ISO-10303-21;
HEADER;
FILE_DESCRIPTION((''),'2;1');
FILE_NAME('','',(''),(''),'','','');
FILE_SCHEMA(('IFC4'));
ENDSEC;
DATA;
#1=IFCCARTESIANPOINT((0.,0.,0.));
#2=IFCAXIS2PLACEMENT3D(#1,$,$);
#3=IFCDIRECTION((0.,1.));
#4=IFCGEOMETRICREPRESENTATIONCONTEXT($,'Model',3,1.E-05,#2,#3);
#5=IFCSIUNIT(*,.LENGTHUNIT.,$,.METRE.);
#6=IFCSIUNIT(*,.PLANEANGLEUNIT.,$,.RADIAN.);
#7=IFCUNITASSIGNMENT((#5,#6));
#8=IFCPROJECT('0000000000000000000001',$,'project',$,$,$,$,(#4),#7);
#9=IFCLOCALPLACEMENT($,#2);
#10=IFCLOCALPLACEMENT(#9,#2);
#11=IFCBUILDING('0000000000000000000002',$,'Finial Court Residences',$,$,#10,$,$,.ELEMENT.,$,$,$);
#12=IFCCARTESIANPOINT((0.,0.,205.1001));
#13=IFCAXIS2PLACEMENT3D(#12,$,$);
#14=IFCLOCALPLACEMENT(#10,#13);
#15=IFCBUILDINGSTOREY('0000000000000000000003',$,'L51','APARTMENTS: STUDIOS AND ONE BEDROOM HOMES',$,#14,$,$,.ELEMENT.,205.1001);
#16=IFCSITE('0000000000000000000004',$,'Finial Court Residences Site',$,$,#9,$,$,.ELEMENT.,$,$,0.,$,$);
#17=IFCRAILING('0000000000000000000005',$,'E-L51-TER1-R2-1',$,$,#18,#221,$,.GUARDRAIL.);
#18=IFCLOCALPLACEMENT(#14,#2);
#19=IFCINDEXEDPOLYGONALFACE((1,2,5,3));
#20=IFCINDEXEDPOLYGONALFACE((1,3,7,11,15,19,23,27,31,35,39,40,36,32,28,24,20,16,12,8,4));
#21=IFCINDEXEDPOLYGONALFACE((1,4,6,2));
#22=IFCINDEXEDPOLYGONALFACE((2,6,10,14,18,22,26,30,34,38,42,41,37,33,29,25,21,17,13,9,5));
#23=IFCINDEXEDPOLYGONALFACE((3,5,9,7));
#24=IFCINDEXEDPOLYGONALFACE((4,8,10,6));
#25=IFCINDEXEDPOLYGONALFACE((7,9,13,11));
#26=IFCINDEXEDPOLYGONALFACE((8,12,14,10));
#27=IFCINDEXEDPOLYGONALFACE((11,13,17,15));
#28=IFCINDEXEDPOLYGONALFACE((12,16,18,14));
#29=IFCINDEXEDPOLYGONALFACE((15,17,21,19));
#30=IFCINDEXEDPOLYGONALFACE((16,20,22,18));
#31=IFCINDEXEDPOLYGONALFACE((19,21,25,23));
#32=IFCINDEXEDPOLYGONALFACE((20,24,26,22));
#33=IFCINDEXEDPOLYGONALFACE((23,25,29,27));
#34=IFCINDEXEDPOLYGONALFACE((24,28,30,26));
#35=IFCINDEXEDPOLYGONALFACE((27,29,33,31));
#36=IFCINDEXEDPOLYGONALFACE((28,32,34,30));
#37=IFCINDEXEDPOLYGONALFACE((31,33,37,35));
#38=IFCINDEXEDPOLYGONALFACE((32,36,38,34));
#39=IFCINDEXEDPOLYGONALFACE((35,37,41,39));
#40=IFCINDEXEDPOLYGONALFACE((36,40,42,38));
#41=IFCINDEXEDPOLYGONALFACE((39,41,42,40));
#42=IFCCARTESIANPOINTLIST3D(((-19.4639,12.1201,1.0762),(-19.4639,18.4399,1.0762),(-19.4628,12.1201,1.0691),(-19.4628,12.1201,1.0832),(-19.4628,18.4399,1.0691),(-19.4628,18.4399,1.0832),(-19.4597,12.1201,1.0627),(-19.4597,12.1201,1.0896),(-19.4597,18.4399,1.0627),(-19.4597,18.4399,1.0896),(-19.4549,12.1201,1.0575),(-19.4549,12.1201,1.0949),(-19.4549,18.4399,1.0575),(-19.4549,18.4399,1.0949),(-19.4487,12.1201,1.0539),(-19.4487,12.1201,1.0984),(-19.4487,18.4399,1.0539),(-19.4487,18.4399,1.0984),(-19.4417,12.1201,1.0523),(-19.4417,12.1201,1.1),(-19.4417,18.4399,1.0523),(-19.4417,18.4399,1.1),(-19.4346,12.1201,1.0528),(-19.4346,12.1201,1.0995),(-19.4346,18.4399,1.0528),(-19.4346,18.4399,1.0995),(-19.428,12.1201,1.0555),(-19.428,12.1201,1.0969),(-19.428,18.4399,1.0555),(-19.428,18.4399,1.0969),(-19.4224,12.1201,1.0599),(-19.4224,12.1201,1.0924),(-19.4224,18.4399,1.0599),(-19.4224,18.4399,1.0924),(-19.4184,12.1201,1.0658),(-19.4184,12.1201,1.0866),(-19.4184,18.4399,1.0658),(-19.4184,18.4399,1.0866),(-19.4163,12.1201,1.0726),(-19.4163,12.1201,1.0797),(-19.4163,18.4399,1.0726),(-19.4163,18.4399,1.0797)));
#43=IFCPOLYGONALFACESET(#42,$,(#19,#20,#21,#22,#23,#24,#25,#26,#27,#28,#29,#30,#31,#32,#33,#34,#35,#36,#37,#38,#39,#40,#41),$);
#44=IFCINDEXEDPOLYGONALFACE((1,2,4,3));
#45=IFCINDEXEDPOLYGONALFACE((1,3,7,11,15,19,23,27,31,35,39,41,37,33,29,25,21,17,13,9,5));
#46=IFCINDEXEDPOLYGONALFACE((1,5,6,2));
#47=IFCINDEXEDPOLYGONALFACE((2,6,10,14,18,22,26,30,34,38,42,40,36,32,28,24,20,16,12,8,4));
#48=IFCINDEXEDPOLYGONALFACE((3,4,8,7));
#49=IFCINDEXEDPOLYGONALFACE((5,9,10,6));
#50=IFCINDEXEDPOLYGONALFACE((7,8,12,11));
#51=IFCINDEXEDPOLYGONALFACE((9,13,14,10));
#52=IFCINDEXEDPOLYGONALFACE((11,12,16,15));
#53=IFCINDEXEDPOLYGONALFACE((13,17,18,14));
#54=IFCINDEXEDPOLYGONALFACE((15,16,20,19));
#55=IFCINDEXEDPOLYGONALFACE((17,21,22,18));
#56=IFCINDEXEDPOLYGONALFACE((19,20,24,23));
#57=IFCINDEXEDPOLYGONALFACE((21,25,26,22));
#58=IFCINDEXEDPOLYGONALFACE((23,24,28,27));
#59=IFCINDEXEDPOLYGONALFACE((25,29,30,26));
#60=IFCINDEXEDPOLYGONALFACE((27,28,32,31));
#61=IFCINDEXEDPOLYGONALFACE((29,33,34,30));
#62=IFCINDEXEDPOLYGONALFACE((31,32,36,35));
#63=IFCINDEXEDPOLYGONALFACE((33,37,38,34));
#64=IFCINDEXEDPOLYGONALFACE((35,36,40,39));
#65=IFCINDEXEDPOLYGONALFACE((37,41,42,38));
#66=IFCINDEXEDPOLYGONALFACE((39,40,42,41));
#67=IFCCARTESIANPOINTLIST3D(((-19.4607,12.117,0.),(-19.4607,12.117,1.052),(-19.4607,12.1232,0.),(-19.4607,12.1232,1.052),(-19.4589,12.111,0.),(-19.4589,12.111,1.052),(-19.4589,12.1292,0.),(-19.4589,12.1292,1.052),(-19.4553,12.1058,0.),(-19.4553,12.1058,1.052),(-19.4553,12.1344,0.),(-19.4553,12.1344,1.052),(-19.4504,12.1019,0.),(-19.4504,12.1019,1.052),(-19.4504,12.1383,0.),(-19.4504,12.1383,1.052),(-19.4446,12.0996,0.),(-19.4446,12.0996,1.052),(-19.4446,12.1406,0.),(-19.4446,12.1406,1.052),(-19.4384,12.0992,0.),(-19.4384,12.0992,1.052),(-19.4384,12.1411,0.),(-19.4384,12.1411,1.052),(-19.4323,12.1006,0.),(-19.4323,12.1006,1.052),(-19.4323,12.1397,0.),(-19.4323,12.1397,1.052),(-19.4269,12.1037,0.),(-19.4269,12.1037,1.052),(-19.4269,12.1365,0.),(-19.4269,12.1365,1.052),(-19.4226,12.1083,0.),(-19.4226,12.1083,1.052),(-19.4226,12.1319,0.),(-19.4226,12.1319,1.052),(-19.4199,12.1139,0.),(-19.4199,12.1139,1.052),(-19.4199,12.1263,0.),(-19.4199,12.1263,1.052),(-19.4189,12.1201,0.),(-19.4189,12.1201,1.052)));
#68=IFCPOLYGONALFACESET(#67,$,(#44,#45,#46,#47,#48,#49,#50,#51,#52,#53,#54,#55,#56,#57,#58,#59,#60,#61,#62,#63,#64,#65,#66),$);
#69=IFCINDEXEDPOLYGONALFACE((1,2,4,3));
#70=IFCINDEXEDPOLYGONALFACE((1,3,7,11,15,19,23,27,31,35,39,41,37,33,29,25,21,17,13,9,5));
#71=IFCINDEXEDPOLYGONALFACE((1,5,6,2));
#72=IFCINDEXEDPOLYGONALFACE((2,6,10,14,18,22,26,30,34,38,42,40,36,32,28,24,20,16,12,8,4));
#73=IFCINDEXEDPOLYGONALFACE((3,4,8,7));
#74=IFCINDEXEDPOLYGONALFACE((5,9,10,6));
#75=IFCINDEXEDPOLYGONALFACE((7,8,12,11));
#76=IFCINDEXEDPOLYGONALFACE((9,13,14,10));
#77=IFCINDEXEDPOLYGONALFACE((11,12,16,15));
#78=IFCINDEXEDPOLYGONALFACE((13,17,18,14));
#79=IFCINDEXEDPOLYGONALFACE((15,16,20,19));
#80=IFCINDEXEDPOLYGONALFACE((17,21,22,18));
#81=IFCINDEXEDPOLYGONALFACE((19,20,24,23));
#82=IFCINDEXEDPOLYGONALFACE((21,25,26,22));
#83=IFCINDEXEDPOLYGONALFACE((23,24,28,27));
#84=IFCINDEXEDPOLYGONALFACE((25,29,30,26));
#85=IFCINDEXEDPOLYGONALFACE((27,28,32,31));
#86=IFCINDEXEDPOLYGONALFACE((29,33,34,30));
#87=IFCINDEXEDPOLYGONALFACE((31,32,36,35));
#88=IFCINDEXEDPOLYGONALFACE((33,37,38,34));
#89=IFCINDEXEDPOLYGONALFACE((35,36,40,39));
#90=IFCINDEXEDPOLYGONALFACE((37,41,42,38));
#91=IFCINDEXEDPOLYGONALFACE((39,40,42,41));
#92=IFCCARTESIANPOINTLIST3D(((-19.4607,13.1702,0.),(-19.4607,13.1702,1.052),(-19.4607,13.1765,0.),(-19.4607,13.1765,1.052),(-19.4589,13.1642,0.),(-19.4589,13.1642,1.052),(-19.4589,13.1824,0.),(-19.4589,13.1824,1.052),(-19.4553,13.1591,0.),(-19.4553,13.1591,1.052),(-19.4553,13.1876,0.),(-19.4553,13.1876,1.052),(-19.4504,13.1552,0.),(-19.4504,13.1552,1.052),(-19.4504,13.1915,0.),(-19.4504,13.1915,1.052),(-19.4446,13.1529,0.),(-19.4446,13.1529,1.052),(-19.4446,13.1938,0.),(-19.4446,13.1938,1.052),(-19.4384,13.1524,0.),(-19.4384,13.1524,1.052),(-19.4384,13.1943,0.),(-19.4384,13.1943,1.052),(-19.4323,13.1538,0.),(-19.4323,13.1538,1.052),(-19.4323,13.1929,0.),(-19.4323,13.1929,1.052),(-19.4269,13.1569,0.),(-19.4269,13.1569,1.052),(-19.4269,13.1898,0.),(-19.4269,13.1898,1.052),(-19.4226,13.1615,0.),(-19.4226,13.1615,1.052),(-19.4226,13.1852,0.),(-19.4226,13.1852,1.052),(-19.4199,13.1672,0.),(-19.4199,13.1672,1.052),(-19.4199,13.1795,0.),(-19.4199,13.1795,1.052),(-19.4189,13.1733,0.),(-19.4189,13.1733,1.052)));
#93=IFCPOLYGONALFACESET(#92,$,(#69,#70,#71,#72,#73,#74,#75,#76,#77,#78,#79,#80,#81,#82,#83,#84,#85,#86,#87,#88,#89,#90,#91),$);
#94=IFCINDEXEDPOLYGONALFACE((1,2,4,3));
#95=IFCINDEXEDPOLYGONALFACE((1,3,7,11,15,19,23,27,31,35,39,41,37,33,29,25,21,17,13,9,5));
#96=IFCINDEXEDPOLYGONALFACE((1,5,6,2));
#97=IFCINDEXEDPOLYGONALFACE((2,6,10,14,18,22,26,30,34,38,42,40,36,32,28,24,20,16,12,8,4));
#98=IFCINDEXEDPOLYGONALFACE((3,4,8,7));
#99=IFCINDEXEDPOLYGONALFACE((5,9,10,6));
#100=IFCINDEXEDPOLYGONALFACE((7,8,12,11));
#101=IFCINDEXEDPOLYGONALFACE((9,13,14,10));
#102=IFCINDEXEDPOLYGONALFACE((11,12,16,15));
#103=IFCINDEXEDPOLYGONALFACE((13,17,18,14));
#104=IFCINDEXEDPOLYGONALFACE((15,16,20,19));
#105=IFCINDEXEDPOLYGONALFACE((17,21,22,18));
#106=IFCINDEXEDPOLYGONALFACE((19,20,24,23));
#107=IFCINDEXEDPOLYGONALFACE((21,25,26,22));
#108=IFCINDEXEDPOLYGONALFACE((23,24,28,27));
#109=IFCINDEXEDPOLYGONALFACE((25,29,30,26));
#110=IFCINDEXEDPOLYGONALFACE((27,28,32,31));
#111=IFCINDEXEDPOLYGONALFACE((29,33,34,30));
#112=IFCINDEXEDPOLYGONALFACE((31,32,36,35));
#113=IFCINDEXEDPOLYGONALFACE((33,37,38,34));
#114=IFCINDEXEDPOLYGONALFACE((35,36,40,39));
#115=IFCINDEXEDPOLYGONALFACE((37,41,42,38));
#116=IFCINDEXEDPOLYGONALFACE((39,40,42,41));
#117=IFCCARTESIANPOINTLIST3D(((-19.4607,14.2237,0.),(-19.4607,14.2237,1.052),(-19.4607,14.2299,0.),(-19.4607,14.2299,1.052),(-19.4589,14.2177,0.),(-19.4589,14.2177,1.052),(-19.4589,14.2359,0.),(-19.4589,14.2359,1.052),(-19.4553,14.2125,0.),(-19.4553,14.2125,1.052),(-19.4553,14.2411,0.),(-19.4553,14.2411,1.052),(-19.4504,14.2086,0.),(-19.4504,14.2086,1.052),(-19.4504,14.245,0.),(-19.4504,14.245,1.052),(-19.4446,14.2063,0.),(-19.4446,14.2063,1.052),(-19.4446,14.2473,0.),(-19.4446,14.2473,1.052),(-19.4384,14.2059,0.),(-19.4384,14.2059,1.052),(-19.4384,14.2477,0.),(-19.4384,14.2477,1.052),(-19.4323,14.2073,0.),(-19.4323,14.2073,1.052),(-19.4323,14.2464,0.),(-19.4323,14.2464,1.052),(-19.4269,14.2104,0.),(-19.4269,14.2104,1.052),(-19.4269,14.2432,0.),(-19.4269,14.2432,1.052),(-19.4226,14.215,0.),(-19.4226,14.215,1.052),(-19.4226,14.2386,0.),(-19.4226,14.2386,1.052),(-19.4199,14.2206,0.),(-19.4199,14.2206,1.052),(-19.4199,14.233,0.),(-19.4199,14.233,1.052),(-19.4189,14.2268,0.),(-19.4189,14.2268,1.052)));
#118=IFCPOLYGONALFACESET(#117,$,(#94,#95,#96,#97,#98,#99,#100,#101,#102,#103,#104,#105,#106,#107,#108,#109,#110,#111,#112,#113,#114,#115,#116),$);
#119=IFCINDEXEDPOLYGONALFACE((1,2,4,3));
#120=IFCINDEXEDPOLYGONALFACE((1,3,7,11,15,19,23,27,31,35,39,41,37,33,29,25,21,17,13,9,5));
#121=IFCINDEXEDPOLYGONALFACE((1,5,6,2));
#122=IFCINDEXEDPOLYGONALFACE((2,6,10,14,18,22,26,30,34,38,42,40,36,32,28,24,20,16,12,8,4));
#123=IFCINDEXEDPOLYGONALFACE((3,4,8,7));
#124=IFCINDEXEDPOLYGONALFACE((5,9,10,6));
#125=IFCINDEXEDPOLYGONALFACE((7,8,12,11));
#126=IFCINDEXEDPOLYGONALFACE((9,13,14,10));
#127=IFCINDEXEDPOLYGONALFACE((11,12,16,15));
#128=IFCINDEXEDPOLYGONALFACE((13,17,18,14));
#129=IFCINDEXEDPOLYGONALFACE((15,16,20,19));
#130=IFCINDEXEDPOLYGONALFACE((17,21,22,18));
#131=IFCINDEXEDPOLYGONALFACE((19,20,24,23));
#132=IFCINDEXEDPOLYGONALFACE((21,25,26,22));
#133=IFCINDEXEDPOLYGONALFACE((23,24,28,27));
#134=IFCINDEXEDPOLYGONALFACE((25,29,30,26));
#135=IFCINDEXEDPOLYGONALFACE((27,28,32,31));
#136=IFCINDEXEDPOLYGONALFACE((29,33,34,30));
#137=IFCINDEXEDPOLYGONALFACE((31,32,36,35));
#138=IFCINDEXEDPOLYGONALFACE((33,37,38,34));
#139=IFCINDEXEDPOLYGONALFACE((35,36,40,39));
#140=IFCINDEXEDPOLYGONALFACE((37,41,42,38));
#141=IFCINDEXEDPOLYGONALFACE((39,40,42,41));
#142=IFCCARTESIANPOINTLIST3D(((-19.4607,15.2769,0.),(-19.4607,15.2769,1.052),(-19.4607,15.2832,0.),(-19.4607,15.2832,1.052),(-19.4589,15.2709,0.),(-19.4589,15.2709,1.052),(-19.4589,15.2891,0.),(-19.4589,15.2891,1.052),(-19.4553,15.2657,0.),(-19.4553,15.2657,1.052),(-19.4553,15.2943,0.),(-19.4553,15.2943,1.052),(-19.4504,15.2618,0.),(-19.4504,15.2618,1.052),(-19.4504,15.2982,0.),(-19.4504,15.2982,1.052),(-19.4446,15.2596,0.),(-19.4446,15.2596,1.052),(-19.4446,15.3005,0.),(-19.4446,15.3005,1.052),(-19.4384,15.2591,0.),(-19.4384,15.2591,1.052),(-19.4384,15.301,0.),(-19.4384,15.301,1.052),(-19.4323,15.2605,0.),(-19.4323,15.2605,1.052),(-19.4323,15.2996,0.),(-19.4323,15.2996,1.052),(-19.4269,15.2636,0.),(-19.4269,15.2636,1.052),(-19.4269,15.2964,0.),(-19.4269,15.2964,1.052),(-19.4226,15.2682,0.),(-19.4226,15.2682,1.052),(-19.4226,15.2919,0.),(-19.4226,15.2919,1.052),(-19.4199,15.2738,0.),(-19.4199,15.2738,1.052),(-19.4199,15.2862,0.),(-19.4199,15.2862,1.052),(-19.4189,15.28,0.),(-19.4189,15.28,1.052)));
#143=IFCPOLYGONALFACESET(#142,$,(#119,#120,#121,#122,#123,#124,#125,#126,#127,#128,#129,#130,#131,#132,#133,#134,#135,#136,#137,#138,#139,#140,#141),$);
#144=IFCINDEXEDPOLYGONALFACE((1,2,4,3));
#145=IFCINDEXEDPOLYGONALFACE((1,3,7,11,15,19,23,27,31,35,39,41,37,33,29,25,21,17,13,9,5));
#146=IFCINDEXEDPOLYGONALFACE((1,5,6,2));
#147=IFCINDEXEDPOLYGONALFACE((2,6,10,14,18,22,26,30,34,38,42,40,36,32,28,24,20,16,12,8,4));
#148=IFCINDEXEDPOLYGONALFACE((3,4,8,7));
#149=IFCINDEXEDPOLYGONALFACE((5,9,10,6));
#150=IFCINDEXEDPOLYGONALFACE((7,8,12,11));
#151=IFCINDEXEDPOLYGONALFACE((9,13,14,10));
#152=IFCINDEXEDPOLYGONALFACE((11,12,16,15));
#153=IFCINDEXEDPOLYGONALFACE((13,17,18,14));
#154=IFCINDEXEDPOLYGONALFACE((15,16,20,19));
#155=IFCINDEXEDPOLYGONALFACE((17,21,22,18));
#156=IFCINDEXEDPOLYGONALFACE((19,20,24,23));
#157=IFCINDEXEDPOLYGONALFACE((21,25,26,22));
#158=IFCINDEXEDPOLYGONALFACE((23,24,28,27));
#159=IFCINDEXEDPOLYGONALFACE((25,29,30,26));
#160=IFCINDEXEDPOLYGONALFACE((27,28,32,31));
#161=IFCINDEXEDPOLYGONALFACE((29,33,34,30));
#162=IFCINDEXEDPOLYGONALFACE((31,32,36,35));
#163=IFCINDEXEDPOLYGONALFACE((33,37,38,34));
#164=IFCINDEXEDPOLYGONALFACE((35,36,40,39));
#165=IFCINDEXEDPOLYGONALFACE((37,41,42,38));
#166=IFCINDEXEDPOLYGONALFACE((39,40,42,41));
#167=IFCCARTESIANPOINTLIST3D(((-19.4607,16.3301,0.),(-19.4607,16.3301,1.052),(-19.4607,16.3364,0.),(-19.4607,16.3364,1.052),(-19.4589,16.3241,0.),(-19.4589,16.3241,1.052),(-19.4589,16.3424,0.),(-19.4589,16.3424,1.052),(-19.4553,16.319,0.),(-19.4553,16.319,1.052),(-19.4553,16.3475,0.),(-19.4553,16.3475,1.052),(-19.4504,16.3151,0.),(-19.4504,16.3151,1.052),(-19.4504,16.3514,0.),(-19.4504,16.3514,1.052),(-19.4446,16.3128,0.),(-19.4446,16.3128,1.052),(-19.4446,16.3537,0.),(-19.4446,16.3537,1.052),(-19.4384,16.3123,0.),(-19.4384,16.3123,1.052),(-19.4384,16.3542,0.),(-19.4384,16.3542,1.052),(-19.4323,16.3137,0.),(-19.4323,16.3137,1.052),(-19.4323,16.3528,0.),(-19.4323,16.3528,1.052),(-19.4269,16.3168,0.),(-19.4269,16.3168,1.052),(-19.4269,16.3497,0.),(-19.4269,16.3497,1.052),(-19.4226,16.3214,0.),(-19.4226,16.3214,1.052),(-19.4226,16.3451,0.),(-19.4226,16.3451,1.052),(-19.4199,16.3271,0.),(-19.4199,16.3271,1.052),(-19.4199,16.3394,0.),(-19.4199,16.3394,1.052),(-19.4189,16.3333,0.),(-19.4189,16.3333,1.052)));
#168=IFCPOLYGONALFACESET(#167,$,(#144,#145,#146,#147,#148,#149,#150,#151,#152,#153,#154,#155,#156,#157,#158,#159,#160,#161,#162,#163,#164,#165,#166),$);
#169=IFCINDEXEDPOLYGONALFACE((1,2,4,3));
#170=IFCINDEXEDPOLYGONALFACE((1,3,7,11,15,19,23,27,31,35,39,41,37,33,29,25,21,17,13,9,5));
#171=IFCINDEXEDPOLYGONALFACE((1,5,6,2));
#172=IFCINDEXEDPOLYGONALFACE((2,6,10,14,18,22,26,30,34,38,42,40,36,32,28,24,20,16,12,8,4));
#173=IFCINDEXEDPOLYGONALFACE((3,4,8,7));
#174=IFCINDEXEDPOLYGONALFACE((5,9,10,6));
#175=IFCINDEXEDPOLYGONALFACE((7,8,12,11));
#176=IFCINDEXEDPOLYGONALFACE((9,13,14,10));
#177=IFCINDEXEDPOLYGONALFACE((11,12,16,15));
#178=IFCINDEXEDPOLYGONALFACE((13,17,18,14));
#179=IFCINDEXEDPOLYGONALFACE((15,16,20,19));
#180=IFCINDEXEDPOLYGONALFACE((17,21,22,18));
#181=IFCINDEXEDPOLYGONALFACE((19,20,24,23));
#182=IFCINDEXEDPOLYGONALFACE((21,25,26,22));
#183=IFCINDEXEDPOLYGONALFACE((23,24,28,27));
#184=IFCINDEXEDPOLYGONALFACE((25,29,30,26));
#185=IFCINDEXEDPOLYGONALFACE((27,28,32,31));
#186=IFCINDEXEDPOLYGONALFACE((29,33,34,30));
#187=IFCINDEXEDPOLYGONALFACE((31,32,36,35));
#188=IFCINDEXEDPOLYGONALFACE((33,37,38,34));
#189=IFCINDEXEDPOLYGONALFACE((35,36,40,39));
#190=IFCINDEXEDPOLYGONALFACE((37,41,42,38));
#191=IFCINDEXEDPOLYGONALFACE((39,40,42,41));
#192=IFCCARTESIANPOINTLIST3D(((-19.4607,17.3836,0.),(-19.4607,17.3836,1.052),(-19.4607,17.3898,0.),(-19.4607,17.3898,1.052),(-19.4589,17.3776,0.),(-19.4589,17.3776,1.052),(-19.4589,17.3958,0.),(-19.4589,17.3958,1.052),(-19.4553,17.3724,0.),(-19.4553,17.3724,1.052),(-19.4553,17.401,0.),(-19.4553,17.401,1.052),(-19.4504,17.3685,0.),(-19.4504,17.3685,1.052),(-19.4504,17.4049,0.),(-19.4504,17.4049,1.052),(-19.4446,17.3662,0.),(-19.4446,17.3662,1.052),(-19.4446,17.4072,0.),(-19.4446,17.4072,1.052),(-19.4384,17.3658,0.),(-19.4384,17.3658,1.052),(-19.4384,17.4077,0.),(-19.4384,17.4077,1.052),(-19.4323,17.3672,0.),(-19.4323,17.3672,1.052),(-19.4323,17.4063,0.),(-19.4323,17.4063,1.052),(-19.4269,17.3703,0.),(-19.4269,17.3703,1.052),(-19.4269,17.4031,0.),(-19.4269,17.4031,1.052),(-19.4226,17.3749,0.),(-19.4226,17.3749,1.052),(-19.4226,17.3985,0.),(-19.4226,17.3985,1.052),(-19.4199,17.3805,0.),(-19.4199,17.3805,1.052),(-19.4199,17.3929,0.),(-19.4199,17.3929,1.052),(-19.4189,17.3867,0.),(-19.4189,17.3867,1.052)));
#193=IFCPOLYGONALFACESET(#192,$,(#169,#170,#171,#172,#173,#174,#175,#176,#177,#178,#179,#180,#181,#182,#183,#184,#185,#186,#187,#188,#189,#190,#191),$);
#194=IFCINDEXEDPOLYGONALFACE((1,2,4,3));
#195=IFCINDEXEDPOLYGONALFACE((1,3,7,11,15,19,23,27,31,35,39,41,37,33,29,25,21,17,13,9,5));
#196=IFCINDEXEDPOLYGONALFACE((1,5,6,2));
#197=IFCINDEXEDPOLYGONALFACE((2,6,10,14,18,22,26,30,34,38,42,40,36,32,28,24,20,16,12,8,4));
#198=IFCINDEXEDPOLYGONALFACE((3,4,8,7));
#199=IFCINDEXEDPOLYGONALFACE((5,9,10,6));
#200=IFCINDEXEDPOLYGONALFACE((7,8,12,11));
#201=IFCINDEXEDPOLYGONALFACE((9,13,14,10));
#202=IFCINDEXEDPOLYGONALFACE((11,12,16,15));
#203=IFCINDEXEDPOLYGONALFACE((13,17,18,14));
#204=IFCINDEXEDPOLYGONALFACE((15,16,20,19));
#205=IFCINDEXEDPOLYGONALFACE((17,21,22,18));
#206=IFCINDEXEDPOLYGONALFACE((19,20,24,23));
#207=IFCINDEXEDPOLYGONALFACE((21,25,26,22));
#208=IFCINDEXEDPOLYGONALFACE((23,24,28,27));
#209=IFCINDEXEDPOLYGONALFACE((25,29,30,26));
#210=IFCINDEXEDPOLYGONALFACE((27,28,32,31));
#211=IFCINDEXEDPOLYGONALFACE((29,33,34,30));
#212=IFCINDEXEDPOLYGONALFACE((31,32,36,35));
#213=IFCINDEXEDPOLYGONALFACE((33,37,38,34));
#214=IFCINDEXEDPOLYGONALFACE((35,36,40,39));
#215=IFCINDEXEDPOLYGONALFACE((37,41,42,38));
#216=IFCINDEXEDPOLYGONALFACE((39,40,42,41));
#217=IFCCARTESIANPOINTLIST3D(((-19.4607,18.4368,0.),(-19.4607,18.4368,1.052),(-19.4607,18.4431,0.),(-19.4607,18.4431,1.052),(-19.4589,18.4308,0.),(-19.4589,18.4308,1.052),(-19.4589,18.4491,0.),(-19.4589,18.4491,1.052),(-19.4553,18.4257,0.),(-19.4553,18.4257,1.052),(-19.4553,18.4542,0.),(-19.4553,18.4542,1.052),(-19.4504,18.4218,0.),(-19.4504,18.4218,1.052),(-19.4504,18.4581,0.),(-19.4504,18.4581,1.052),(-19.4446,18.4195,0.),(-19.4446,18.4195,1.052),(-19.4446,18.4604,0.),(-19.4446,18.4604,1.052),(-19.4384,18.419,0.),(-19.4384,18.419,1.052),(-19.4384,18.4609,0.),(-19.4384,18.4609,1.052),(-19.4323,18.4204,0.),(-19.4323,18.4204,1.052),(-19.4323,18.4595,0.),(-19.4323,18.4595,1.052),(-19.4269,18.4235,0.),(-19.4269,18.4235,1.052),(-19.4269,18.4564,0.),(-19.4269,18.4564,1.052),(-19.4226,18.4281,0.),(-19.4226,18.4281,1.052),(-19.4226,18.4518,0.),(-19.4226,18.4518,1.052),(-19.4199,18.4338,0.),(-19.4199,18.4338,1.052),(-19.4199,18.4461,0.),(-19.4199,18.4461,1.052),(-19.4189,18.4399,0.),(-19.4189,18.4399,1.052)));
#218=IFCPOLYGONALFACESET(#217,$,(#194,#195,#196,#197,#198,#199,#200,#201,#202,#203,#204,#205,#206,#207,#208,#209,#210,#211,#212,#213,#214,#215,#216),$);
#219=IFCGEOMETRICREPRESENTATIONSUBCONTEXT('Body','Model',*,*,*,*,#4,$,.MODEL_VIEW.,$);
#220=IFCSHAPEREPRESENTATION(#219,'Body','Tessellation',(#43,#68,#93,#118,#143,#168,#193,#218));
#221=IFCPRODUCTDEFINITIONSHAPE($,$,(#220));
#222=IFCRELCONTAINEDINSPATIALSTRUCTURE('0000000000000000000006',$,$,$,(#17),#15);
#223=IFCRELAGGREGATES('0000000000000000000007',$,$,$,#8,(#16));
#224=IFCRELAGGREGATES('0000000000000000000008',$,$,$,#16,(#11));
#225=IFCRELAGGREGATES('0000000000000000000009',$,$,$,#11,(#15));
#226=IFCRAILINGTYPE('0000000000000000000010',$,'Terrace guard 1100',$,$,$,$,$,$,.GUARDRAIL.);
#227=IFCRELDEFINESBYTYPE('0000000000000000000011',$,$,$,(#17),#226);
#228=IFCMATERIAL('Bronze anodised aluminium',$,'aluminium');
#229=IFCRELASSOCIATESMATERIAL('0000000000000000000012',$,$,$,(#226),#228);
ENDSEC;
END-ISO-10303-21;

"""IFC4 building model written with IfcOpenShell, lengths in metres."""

from ifc_helpers import new_model, si_unit, direction, frame, origin, origin_2d, place, context, subcontext, project, spatial, circle, extrude, material, type_object, element, save


model = new_model("IFC4")

# Units and contexts
model_context = context("Model", 3, precision=1e-05, world=origin(), true_north=direction((0.0, 1.0)))
body_context = subcontext(model_context, "Body", "Model", "MODEL_VIEW")
ifc_project = project(units=[si_unit("LENGTHUNIT", "METRE"), si_unit("PLANEANGLEUNIT", "RADIAN")], contexts=[model_context])

# Site, building, storey
site_placement = place(None, origin())
site = spatial("IfcSite", under=ifc_project, at=site_placement, Name="Finial Court Residences Site", CompositionType="ELEMENT", RefElevation=0.0)
building_placement = place(site_placement, origin())
building = spatial("IfcBuilding", under=site, at=building_placement, Name="Finial Court Residences", CompositionType="ELEMENT")
storey_placement = place(building_placement, frame((0.0, 0.0, 205.1001)))
storey = spatial("IfcBuildingStorey", under=building, at=storey_placement, Name="L51", Description="APARTMENTS: STUDIOS AND ONE BEDROOM HOMES", CompositionType="ELEMENT", Elevation=205.1001)

# Shared definitions
ifc_material_1 = material(Name="Bronze anodised aluminium", Category="aluminium")

# Railing
railing_type = type_object("IfcRailingType", Name="Terrace guard 1100", PredefinedType="GUARDRAIL", material=ifc_material_1)
railing_1_placement = place(storey_placement, frame((-19.4399, 12.1201, 0.0)))
element("IfcRailing", 1, at=railing_1_placement, inside=storey, type_object=railing_type, Name="E-L51-TER1-R2-1", PredefinedType="GUARDRAIL", context=body_context, shape_type="SweptSolid", body=[
    extrude(circle(Radius=0.0239, at=origin_2d()), frame((0.0, 0.0, 1.0762), z_axis=(0.0, 1.0, 0.0), x_axis=(-1.0, 0.0, 0.0)), (0.0, 0.0, 1.0), 6.3198),
    extrude(circle(Radius=0.021, at=origin_2d()), origin(), (0.0, 0.0, 1.0), 1.052),
    extrude(circle(Radius=0.021, at=origin_2d()), frame((0.0, 1.0532, 0.0)), (0.0, 0.0, 1.0), 1.052),
    extrude(circle(Radius=0.021, at=origin_2d()), frame((0.0, 2.1067, 0.0)), (0.0, 0.0, 1.0), 1.052),
    extrude(circle(Radius=0.021, at=origin_2d()), frame((0.0, 3.1599, 0.0)), (0.0, 0.0, 1.0), 1.052),
    extrude(circle(Radius=0.021, at=origin_2d()), frame((0.0, 4.2131, 0.0)), (0.0, 0.0, 1.0), 1.052),
    extrude(circle(Radius=0.021, at=origin_2d()), frame((0.0, 5.2666, 0.0)), (0.0, 0.0, 1.0), 1.052),
    extrude(circle(Radius=0.021, at=origin_2d()), frame((0.0, 6.3198, 0.0)), (0.0, 0.0, 1.0), 1.052),
])

save(model, "model.ifc")
